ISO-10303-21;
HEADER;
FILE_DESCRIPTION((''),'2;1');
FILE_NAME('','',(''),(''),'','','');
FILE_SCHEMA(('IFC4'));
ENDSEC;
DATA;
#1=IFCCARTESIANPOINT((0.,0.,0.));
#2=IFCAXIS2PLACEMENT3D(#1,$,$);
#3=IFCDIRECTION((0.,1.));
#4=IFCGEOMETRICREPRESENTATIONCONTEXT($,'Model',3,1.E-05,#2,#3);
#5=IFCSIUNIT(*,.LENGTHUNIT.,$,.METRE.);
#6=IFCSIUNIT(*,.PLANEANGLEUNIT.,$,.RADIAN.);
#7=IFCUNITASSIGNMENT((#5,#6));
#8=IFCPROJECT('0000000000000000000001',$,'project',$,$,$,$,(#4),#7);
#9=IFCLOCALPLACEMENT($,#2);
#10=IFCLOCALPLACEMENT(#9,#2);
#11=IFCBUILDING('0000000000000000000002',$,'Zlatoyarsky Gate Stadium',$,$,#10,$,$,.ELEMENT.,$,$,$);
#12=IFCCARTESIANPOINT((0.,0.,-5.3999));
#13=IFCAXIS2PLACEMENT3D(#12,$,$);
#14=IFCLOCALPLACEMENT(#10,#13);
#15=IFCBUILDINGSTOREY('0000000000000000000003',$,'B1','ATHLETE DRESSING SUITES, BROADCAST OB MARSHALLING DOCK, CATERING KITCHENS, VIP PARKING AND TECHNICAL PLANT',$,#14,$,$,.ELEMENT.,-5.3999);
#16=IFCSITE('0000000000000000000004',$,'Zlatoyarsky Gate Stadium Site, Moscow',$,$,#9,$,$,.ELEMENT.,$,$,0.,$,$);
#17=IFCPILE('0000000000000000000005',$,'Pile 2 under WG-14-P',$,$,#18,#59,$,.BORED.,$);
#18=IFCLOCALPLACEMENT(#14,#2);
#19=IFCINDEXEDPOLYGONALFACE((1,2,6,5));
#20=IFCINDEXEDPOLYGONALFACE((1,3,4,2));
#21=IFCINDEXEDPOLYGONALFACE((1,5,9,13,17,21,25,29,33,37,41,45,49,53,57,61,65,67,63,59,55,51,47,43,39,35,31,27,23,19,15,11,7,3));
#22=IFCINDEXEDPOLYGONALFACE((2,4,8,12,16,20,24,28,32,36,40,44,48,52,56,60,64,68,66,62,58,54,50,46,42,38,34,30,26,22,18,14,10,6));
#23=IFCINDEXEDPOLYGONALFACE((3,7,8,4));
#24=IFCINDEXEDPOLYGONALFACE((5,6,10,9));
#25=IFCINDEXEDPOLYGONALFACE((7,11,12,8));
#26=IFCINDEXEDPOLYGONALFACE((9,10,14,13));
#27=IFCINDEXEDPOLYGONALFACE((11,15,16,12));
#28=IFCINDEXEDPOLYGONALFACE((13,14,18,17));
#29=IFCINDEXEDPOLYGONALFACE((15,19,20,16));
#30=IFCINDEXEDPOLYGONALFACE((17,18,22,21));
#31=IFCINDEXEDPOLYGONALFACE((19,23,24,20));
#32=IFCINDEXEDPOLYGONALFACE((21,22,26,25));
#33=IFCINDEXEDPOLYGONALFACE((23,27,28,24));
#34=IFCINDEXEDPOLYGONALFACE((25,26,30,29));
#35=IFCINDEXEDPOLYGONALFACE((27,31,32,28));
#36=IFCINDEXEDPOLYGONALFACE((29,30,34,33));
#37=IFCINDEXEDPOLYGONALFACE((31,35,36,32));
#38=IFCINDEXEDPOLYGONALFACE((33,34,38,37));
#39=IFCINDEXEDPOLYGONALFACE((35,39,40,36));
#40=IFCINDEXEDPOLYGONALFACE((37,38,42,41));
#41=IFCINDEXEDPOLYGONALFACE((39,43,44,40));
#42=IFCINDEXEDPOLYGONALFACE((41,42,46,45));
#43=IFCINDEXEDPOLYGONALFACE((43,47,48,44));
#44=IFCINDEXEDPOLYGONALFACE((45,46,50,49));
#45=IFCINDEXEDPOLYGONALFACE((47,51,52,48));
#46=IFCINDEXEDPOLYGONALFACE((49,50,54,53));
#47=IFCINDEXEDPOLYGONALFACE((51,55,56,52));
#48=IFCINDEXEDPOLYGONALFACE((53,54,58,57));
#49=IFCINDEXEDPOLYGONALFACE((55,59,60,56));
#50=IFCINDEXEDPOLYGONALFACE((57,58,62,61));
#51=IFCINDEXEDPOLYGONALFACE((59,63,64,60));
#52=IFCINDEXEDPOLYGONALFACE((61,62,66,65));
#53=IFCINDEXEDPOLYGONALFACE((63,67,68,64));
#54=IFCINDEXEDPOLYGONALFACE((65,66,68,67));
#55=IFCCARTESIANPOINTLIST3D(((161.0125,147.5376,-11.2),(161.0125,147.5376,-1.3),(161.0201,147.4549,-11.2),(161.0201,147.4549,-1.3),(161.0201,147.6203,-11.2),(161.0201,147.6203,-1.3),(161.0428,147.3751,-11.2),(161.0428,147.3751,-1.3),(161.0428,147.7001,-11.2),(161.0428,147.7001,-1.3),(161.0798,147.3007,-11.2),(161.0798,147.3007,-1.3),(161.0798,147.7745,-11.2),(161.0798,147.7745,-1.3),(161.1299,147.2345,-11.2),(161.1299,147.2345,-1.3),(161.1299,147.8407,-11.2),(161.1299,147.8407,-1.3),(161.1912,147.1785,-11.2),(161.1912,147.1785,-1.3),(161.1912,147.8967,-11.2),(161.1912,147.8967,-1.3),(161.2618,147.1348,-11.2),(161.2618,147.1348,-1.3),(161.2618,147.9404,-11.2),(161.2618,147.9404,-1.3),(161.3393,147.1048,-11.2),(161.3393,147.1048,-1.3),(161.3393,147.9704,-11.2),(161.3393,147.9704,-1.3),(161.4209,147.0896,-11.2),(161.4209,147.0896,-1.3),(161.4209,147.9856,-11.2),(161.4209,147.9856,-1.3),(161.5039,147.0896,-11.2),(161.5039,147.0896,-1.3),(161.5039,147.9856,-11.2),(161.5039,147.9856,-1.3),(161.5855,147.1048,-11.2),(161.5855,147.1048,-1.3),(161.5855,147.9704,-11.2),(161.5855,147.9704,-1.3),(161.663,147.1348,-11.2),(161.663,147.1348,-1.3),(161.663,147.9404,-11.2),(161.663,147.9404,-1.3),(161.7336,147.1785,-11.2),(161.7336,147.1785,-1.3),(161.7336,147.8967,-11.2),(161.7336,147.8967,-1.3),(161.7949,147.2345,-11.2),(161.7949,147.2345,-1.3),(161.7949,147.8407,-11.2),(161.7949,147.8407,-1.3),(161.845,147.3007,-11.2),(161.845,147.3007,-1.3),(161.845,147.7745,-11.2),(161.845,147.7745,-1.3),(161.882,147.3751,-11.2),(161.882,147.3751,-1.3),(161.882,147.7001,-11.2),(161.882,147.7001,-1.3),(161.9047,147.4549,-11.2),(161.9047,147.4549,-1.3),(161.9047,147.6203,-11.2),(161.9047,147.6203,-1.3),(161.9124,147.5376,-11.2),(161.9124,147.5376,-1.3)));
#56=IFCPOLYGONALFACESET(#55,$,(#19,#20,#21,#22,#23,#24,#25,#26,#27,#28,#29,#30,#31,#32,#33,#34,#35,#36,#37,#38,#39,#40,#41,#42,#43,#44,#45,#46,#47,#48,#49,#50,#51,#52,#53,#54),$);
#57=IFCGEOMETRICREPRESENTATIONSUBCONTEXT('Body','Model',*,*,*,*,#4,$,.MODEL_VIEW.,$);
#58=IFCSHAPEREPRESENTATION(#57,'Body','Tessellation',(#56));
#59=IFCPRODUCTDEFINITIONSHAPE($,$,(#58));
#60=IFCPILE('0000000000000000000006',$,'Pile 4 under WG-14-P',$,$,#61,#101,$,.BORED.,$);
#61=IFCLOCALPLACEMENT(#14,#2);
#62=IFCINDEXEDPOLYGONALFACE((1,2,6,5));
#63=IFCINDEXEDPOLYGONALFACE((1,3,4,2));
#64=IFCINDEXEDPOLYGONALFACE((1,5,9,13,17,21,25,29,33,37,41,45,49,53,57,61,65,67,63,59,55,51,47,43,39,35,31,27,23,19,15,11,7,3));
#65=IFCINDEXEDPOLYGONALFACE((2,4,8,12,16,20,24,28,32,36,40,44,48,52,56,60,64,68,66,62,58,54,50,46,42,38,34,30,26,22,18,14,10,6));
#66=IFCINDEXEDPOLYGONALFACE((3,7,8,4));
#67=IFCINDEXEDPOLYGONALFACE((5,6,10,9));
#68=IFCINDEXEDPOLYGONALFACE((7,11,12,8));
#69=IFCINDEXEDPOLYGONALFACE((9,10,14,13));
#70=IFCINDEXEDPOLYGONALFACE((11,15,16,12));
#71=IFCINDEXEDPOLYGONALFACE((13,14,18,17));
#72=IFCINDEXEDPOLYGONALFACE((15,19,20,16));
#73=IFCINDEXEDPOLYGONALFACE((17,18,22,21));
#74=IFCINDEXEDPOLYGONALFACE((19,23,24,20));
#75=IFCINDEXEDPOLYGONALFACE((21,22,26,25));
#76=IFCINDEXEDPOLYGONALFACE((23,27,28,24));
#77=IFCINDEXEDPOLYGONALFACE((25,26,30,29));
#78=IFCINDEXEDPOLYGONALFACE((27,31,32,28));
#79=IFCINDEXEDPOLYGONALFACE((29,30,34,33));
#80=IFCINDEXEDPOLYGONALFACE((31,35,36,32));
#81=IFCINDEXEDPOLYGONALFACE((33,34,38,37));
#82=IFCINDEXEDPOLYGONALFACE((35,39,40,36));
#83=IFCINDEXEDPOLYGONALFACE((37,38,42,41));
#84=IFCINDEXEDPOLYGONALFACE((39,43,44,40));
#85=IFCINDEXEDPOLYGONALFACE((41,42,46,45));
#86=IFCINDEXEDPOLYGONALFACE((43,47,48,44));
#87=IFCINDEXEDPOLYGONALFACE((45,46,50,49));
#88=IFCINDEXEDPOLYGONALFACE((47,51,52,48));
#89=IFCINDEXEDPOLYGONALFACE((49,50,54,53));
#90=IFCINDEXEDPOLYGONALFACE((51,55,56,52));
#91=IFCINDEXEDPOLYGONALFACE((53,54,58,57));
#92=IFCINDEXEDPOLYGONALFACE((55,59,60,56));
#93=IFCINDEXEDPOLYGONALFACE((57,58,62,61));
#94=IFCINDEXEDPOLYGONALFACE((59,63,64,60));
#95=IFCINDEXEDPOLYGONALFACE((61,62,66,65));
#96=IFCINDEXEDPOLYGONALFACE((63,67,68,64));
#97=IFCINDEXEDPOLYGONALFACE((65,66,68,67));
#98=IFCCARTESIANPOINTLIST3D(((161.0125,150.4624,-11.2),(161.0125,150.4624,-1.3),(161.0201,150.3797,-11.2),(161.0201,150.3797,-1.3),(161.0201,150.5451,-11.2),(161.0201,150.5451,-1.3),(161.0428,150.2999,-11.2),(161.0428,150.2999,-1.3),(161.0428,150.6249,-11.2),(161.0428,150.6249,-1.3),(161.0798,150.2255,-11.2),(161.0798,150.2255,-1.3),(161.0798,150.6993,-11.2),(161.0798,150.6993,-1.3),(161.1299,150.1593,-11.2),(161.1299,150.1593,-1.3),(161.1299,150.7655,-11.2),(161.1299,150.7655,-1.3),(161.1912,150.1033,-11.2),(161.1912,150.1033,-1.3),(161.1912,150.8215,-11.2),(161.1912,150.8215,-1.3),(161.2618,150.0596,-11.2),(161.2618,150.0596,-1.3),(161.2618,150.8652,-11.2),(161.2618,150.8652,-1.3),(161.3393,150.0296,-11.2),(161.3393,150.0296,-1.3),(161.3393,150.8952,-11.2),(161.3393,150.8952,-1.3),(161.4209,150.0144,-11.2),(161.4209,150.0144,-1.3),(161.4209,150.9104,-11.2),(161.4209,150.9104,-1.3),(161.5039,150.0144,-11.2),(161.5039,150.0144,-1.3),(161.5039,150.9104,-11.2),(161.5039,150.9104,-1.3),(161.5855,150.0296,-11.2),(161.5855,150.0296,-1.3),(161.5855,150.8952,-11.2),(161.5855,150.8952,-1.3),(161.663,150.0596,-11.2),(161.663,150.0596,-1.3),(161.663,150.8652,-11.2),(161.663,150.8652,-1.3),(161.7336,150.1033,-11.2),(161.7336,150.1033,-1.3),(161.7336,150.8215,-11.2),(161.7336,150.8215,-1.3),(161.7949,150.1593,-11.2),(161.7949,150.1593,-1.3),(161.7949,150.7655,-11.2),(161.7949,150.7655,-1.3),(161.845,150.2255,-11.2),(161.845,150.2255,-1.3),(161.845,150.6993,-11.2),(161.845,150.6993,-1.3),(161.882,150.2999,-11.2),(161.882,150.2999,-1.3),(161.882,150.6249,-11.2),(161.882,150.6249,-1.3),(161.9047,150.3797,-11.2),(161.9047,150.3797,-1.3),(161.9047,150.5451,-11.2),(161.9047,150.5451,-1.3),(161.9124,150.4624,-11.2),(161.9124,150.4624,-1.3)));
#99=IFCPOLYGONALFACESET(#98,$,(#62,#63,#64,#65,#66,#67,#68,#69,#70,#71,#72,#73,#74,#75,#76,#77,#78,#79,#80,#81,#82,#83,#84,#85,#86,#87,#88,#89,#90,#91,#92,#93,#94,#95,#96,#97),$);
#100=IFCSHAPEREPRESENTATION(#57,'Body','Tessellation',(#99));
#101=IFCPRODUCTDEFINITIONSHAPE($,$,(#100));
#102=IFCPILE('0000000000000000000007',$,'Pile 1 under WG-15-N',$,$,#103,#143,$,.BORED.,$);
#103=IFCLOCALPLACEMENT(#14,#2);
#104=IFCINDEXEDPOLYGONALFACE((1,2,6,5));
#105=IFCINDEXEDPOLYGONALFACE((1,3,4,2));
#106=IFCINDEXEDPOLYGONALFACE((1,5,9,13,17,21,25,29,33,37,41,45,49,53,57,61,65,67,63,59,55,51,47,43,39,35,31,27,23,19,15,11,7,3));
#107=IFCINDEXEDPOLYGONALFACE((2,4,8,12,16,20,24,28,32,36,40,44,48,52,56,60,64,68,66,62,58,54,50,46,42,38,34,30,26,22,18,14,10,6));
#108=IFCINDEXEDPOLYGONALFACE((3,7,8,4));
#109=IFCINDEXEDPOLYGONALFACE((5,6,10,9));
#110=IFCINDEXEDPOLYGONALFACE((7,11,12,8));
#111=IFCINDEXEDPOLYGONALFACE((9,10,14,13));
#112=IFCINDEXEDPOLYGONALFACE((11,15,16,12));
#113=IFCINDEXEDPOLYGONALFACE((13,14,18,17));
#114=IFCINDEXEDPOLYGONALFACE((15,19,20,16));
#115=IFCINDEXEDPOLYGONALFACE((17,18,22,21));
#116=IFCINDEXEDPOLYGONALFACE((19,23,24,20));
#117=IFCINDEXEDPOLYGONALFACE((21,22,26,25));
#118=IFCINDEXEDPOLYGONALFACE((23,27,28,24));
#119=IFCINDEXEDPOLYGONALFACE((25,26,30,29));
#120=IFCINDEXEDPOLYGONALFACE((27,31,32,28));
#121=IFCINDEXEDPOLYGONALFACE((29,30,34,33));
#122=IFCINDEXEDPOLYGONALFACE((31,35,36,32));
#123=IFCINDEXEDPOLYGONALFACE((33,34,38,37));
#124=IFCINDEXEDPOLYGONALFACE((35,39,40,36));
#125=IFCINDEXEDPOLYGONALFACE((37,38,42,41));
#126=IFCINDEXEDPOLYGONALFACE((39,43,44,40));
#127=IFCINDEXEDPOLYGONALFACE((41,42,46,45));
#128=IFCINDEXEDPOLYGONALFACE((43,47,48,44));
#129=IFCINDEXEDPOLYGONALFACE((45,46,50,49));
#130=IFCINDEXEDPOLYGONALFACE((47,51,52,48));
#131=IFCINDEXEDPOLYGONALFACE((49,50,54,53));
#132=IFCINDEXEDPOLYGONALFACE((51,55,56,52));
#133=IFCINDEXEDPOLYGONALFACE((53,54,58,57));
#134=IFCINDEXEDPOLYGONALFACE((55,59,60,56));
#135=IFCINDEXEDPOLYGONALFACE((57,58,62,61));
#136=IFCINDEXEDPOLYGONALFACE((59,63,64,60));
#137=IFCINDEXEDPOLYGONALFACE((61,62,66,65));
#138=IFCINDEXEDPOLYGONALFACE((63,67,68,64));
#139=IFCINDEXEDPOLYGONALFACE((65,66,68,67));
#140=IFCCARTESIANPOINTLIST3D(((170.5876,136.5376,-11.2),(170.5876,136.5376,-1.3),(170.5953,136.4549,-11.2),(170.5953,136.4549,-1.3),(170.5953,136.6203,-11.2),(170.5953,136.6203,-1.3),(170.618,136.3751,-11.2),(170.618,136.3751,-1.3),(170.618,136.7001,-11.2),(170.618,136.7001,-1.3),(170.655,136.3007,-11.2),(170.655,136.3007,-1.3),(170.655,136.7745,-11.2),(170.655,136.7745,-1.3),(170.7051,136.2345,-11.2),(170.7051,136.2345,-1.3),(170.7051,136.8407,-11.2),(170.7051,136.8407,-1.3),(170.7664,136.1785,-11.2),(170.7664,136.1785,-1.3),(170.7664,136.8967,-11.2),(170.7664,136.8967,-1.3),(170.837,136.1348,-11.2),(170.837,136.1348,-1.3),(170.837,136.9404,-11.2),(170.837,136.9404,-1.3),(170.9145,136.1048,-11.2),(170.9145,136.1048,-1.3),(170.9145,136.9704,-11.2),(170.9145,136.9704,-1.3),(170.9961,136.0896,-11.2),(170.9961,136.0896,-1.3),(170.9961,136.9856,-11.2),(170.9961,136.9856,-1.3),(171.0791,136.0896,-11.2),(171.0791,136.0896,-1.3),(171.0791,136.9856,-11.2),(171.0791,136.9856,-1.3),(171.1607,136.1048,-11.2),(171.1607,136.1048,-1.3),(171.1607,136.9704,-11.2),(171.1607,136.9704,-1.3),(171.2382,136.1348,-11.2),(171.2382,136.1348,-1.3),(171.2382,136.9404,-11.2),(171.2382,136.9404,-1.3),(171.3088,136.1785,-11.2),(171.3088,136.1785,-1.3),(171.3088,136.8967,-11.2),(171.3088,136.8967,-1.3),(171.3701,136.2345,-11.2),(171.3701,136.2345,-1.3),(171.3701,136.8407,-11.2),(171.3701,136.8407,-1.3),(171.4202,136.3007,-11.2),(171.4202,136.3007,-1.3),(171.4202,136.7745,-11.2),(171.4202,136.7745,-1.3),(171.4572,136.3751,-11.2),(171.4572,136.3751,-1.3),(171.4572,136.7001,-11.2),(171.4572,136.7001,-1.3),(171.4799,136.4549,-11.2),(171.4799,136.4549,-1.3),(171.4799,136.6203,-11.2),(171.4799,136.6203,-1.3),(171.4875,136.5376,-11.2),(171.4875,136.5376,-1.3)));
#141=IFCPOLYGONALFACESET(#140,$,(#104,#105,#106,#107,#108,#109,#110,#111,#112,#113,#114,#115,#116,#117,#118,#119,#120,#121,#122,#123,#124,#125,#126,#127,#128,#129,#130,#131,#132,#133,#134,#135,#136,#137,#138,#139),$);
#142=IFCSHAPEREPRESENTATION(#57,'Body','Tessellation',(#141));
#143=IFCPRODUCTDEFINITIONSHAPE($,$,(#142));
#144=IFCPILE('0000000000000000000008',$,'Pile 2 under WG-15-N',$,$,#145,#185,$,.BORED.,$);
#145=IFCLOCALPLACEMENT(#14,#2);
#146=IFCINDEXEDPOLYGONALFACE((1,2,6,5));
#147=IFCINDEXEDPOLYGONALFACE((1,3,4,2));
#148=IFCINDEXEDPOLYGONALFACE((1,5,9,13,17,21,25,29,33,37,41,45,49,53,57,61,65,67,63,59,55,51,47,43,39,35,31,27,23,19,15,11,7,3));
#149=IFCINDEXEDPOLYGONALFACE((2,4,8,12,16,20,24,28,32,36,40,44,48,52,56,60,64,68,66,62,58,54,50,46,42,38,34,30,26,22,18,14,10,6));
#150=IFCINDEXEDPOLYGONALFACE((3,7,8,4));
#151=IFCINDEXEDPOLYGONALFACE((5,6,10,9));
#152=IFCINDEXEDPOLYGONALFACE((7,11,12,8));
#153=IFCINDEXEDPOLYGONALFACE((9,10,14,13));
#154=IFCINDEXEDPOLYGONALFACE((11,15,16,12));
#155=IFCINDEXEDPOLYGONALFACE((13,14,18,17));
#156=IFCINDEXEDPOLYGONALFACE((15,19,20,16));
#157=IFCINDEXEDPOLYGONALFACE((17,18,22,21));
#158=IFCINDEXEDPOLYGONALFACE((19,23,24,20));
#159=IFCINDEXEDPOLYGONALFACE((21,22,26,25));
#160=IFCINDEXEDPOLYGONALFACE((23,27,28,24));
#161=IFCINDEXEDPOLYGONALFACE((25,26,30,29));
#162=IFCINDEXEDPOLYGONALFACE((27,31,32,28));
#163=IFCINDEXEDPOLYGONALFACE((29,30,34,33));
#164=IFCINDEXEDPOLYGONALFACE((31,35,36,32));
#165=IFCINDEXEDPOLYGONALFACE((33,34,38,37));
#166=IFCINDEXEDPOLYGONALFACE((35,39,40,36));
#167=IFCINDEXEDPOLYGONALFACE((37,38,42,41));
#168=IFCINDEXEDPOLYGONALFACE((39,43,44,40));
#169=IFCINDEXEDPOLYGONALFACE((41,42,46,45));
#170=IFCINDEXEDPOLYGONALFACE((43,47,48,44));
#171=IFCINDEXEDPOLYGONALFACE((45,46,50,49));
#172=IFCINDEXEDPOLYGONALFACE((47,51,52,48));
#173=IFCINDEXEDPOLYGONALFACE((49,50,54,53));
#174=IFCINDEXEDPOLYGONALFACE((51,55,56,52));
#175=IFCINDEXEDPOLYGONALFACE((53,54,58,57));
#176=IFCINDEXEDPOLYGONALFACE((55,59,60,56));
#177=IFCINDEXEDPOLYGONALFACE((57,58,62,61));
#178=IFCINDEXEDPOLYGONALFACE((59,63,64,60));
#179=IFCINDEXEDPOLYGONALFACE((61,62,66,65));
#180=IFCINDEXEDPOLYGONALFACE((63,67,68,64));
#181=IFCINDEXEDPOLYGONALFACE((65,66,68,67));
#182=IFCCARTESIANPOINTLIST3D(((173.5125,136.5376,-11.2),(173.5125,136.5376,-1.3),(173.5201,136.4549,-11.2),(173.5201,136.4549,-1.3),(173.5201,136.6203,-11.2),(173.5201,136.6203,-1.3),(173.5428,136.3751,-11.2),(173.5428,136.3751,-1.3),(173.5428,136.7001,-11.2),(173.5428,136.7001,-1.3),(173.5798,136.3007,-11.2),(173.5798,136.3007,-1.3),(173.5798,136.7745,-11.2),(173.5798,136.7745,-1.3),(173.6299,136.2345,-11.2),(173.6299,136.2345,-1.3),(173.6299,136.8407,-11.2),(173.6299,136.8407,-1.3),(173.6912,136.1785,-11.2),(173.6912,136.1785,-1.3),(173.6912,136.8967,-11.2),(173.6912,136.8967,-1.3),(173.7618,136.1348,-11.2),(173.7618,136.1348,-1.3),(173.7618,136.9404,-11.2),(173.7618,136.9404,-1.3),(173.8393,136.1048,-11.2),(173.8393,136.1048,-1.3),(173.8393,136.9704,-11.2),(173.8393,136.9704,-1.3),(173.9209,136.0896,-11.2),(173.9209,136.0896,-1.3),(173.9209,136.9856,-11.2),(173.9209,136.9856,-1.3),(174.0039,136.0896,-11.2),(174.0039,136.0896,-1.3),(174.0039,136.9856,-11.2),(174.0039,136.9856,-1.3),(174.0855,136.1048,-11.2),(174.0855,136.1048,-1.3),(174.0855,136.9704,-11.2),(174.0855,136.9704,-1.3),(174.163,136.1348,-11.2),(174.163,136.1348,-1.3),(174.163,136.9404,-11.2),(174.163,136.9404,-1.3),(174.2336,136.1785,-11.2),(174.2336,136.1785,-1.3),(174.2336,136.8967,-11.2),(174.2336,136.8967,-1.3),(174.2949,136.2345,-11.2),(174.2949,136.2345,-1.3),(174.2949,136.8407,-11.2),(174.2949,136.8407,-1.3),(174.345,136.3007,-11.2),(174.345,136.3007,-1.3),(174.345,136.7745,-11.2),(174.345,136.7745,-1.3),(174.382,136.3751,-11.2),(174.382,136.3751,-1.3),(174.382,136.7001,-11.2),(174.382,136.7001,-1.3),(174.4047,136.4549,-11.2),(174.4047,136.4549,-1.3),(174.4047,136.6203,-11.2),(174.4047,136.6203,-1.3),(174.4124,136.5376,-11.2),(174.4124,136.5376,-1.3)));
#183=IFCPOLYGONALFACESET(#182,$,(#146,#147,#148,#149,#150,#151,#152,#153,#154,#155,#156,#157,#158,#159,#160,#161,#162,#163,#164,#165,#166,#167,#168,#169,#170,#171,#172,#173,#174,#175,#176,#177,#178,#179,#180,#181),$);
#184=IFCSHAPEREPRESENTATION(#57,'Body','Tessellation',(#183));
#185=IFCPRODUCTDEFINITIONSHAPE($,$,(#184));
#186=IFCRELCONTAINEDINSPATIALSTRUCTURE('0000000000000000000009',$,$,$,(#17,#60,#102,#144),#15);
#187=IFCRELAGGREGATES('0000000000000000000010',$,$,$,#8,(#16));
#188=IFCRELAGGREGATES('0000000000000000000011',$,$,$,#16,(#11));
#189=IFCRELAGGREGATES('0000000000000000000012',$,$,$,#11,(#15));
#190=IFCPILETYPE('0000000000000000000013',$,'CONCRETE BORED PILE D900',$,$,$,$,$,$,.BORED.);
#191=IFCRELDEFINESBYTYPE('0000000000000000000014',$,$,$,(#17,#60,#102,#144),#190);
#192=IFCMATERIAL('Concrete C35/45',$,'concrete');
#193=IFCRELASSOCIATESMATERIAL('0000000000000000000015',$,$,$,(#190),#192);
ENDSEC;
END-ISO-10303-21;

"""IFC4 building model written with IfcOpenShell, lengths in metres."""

from ifc_helpers import new_model, si_unit, direction, frame, origin, origin_2d, place, context, subcontext, project, spatial, circle, extrude, material, material_profile, profile_set, type_object, element, save


model = new_model("IFC4")

# Units and contexts
model_context = context("Model", 3, precision=1e-05, world=origin(), true_north=direction((0.0, 1.0)))
body_context = subcontext(model_context, "Body", "Model", "MODEL_VIEW")
ifc_project = project(units=[si_unit("LENGTHUNIT", "METRE"), si_unit("PLANEANGLEUNIT", "RADIAN")], contexts=[model_context])

# Site, building, storey
site_placement = place(None, origin())
site = spatial("IfcSite", under=ifc_project, at=site_placement, Name="Zlatoyarsky Gate Stadium Site, Moscow", CompositionType="ELEMENT", RefElevation=0.0)
building_placement = place(site_placement, origin())
building = spatial("IfcBuilding", under=site, at=building_placement, Name="Zlatoyarsky Gate Stadium", CompositionType="ELEMENT")
storey_placement = place(building_placement, frame((0.0, 0.0, -5.3999)))
storey = spatial("IfcBuildingStorey", under=building, at=storey_placement, Name="B1", Description="ATHLETE DRESSING SUITES, BROADCAST OB MARSHALLING DOCK, CATERING KITCHENS, VIP PARKING AND TECHNICAL PLANT", CompositionType="ELEMENT", Elevation=-5.3999)

# Piles
ifc_material_1 = material(Name="Concrete C35/45", Category="concrete")
ifc_material_profile_1 = material_profile(ifc_material_1, circle(Radius=0.45, at=origin_2d()), Name="BORED PILE D900")
ifc_profile_set_1 = profile_set([ifc_material_profile_1], Name="Concrete C35/45")
pile_type_1 = type_object("IfcPileType", Name="CONCRETE BORED PILE D900", PredefinedType="BORED", material=ifc_profile_set_1)
for number, where, z_axis, x_axis, name in (
    (1, (161.4624, 147.5376, -1.3), (0.0, 0.0, -1.0), (1.0, 0.0, 0.0), "Pile 2 under WG-14-P"),
    (2, (161.4624, 150.4624, -1.3), (0.0, 0.0, -1.0), (1.0, 0.0, 0.0), "Pile 4 under WG-14-P"),
    (3, (171.0376, 136.5376, -1.3), (0.0, 0.0, -1.0), (1.0, 0.0, 0.0), "Pile 1 under WG-15-N"),
    (4, (173.9624, 136.5376, -1.3), (0.0, 0.0, -1.0), (1.0, 0.0, 0.0), "Pile 2 under WG-15-N"),
):
    element("IfcPile", number, at=place(storey_placement, frame(where, z_axis=z_axis, x_axis=x_axis)), inside=storey, type_object=pile_type_1, Name=name, PredefinedType="BORED", context=body_context, shape_type="SweptSolid", body=[
        extrude(circle(Radius=0.45, at=origin_2d()), origin(), (0.0, 0.0, 1.0), 9.8999),
    ])

save(model, "model.ifc")
